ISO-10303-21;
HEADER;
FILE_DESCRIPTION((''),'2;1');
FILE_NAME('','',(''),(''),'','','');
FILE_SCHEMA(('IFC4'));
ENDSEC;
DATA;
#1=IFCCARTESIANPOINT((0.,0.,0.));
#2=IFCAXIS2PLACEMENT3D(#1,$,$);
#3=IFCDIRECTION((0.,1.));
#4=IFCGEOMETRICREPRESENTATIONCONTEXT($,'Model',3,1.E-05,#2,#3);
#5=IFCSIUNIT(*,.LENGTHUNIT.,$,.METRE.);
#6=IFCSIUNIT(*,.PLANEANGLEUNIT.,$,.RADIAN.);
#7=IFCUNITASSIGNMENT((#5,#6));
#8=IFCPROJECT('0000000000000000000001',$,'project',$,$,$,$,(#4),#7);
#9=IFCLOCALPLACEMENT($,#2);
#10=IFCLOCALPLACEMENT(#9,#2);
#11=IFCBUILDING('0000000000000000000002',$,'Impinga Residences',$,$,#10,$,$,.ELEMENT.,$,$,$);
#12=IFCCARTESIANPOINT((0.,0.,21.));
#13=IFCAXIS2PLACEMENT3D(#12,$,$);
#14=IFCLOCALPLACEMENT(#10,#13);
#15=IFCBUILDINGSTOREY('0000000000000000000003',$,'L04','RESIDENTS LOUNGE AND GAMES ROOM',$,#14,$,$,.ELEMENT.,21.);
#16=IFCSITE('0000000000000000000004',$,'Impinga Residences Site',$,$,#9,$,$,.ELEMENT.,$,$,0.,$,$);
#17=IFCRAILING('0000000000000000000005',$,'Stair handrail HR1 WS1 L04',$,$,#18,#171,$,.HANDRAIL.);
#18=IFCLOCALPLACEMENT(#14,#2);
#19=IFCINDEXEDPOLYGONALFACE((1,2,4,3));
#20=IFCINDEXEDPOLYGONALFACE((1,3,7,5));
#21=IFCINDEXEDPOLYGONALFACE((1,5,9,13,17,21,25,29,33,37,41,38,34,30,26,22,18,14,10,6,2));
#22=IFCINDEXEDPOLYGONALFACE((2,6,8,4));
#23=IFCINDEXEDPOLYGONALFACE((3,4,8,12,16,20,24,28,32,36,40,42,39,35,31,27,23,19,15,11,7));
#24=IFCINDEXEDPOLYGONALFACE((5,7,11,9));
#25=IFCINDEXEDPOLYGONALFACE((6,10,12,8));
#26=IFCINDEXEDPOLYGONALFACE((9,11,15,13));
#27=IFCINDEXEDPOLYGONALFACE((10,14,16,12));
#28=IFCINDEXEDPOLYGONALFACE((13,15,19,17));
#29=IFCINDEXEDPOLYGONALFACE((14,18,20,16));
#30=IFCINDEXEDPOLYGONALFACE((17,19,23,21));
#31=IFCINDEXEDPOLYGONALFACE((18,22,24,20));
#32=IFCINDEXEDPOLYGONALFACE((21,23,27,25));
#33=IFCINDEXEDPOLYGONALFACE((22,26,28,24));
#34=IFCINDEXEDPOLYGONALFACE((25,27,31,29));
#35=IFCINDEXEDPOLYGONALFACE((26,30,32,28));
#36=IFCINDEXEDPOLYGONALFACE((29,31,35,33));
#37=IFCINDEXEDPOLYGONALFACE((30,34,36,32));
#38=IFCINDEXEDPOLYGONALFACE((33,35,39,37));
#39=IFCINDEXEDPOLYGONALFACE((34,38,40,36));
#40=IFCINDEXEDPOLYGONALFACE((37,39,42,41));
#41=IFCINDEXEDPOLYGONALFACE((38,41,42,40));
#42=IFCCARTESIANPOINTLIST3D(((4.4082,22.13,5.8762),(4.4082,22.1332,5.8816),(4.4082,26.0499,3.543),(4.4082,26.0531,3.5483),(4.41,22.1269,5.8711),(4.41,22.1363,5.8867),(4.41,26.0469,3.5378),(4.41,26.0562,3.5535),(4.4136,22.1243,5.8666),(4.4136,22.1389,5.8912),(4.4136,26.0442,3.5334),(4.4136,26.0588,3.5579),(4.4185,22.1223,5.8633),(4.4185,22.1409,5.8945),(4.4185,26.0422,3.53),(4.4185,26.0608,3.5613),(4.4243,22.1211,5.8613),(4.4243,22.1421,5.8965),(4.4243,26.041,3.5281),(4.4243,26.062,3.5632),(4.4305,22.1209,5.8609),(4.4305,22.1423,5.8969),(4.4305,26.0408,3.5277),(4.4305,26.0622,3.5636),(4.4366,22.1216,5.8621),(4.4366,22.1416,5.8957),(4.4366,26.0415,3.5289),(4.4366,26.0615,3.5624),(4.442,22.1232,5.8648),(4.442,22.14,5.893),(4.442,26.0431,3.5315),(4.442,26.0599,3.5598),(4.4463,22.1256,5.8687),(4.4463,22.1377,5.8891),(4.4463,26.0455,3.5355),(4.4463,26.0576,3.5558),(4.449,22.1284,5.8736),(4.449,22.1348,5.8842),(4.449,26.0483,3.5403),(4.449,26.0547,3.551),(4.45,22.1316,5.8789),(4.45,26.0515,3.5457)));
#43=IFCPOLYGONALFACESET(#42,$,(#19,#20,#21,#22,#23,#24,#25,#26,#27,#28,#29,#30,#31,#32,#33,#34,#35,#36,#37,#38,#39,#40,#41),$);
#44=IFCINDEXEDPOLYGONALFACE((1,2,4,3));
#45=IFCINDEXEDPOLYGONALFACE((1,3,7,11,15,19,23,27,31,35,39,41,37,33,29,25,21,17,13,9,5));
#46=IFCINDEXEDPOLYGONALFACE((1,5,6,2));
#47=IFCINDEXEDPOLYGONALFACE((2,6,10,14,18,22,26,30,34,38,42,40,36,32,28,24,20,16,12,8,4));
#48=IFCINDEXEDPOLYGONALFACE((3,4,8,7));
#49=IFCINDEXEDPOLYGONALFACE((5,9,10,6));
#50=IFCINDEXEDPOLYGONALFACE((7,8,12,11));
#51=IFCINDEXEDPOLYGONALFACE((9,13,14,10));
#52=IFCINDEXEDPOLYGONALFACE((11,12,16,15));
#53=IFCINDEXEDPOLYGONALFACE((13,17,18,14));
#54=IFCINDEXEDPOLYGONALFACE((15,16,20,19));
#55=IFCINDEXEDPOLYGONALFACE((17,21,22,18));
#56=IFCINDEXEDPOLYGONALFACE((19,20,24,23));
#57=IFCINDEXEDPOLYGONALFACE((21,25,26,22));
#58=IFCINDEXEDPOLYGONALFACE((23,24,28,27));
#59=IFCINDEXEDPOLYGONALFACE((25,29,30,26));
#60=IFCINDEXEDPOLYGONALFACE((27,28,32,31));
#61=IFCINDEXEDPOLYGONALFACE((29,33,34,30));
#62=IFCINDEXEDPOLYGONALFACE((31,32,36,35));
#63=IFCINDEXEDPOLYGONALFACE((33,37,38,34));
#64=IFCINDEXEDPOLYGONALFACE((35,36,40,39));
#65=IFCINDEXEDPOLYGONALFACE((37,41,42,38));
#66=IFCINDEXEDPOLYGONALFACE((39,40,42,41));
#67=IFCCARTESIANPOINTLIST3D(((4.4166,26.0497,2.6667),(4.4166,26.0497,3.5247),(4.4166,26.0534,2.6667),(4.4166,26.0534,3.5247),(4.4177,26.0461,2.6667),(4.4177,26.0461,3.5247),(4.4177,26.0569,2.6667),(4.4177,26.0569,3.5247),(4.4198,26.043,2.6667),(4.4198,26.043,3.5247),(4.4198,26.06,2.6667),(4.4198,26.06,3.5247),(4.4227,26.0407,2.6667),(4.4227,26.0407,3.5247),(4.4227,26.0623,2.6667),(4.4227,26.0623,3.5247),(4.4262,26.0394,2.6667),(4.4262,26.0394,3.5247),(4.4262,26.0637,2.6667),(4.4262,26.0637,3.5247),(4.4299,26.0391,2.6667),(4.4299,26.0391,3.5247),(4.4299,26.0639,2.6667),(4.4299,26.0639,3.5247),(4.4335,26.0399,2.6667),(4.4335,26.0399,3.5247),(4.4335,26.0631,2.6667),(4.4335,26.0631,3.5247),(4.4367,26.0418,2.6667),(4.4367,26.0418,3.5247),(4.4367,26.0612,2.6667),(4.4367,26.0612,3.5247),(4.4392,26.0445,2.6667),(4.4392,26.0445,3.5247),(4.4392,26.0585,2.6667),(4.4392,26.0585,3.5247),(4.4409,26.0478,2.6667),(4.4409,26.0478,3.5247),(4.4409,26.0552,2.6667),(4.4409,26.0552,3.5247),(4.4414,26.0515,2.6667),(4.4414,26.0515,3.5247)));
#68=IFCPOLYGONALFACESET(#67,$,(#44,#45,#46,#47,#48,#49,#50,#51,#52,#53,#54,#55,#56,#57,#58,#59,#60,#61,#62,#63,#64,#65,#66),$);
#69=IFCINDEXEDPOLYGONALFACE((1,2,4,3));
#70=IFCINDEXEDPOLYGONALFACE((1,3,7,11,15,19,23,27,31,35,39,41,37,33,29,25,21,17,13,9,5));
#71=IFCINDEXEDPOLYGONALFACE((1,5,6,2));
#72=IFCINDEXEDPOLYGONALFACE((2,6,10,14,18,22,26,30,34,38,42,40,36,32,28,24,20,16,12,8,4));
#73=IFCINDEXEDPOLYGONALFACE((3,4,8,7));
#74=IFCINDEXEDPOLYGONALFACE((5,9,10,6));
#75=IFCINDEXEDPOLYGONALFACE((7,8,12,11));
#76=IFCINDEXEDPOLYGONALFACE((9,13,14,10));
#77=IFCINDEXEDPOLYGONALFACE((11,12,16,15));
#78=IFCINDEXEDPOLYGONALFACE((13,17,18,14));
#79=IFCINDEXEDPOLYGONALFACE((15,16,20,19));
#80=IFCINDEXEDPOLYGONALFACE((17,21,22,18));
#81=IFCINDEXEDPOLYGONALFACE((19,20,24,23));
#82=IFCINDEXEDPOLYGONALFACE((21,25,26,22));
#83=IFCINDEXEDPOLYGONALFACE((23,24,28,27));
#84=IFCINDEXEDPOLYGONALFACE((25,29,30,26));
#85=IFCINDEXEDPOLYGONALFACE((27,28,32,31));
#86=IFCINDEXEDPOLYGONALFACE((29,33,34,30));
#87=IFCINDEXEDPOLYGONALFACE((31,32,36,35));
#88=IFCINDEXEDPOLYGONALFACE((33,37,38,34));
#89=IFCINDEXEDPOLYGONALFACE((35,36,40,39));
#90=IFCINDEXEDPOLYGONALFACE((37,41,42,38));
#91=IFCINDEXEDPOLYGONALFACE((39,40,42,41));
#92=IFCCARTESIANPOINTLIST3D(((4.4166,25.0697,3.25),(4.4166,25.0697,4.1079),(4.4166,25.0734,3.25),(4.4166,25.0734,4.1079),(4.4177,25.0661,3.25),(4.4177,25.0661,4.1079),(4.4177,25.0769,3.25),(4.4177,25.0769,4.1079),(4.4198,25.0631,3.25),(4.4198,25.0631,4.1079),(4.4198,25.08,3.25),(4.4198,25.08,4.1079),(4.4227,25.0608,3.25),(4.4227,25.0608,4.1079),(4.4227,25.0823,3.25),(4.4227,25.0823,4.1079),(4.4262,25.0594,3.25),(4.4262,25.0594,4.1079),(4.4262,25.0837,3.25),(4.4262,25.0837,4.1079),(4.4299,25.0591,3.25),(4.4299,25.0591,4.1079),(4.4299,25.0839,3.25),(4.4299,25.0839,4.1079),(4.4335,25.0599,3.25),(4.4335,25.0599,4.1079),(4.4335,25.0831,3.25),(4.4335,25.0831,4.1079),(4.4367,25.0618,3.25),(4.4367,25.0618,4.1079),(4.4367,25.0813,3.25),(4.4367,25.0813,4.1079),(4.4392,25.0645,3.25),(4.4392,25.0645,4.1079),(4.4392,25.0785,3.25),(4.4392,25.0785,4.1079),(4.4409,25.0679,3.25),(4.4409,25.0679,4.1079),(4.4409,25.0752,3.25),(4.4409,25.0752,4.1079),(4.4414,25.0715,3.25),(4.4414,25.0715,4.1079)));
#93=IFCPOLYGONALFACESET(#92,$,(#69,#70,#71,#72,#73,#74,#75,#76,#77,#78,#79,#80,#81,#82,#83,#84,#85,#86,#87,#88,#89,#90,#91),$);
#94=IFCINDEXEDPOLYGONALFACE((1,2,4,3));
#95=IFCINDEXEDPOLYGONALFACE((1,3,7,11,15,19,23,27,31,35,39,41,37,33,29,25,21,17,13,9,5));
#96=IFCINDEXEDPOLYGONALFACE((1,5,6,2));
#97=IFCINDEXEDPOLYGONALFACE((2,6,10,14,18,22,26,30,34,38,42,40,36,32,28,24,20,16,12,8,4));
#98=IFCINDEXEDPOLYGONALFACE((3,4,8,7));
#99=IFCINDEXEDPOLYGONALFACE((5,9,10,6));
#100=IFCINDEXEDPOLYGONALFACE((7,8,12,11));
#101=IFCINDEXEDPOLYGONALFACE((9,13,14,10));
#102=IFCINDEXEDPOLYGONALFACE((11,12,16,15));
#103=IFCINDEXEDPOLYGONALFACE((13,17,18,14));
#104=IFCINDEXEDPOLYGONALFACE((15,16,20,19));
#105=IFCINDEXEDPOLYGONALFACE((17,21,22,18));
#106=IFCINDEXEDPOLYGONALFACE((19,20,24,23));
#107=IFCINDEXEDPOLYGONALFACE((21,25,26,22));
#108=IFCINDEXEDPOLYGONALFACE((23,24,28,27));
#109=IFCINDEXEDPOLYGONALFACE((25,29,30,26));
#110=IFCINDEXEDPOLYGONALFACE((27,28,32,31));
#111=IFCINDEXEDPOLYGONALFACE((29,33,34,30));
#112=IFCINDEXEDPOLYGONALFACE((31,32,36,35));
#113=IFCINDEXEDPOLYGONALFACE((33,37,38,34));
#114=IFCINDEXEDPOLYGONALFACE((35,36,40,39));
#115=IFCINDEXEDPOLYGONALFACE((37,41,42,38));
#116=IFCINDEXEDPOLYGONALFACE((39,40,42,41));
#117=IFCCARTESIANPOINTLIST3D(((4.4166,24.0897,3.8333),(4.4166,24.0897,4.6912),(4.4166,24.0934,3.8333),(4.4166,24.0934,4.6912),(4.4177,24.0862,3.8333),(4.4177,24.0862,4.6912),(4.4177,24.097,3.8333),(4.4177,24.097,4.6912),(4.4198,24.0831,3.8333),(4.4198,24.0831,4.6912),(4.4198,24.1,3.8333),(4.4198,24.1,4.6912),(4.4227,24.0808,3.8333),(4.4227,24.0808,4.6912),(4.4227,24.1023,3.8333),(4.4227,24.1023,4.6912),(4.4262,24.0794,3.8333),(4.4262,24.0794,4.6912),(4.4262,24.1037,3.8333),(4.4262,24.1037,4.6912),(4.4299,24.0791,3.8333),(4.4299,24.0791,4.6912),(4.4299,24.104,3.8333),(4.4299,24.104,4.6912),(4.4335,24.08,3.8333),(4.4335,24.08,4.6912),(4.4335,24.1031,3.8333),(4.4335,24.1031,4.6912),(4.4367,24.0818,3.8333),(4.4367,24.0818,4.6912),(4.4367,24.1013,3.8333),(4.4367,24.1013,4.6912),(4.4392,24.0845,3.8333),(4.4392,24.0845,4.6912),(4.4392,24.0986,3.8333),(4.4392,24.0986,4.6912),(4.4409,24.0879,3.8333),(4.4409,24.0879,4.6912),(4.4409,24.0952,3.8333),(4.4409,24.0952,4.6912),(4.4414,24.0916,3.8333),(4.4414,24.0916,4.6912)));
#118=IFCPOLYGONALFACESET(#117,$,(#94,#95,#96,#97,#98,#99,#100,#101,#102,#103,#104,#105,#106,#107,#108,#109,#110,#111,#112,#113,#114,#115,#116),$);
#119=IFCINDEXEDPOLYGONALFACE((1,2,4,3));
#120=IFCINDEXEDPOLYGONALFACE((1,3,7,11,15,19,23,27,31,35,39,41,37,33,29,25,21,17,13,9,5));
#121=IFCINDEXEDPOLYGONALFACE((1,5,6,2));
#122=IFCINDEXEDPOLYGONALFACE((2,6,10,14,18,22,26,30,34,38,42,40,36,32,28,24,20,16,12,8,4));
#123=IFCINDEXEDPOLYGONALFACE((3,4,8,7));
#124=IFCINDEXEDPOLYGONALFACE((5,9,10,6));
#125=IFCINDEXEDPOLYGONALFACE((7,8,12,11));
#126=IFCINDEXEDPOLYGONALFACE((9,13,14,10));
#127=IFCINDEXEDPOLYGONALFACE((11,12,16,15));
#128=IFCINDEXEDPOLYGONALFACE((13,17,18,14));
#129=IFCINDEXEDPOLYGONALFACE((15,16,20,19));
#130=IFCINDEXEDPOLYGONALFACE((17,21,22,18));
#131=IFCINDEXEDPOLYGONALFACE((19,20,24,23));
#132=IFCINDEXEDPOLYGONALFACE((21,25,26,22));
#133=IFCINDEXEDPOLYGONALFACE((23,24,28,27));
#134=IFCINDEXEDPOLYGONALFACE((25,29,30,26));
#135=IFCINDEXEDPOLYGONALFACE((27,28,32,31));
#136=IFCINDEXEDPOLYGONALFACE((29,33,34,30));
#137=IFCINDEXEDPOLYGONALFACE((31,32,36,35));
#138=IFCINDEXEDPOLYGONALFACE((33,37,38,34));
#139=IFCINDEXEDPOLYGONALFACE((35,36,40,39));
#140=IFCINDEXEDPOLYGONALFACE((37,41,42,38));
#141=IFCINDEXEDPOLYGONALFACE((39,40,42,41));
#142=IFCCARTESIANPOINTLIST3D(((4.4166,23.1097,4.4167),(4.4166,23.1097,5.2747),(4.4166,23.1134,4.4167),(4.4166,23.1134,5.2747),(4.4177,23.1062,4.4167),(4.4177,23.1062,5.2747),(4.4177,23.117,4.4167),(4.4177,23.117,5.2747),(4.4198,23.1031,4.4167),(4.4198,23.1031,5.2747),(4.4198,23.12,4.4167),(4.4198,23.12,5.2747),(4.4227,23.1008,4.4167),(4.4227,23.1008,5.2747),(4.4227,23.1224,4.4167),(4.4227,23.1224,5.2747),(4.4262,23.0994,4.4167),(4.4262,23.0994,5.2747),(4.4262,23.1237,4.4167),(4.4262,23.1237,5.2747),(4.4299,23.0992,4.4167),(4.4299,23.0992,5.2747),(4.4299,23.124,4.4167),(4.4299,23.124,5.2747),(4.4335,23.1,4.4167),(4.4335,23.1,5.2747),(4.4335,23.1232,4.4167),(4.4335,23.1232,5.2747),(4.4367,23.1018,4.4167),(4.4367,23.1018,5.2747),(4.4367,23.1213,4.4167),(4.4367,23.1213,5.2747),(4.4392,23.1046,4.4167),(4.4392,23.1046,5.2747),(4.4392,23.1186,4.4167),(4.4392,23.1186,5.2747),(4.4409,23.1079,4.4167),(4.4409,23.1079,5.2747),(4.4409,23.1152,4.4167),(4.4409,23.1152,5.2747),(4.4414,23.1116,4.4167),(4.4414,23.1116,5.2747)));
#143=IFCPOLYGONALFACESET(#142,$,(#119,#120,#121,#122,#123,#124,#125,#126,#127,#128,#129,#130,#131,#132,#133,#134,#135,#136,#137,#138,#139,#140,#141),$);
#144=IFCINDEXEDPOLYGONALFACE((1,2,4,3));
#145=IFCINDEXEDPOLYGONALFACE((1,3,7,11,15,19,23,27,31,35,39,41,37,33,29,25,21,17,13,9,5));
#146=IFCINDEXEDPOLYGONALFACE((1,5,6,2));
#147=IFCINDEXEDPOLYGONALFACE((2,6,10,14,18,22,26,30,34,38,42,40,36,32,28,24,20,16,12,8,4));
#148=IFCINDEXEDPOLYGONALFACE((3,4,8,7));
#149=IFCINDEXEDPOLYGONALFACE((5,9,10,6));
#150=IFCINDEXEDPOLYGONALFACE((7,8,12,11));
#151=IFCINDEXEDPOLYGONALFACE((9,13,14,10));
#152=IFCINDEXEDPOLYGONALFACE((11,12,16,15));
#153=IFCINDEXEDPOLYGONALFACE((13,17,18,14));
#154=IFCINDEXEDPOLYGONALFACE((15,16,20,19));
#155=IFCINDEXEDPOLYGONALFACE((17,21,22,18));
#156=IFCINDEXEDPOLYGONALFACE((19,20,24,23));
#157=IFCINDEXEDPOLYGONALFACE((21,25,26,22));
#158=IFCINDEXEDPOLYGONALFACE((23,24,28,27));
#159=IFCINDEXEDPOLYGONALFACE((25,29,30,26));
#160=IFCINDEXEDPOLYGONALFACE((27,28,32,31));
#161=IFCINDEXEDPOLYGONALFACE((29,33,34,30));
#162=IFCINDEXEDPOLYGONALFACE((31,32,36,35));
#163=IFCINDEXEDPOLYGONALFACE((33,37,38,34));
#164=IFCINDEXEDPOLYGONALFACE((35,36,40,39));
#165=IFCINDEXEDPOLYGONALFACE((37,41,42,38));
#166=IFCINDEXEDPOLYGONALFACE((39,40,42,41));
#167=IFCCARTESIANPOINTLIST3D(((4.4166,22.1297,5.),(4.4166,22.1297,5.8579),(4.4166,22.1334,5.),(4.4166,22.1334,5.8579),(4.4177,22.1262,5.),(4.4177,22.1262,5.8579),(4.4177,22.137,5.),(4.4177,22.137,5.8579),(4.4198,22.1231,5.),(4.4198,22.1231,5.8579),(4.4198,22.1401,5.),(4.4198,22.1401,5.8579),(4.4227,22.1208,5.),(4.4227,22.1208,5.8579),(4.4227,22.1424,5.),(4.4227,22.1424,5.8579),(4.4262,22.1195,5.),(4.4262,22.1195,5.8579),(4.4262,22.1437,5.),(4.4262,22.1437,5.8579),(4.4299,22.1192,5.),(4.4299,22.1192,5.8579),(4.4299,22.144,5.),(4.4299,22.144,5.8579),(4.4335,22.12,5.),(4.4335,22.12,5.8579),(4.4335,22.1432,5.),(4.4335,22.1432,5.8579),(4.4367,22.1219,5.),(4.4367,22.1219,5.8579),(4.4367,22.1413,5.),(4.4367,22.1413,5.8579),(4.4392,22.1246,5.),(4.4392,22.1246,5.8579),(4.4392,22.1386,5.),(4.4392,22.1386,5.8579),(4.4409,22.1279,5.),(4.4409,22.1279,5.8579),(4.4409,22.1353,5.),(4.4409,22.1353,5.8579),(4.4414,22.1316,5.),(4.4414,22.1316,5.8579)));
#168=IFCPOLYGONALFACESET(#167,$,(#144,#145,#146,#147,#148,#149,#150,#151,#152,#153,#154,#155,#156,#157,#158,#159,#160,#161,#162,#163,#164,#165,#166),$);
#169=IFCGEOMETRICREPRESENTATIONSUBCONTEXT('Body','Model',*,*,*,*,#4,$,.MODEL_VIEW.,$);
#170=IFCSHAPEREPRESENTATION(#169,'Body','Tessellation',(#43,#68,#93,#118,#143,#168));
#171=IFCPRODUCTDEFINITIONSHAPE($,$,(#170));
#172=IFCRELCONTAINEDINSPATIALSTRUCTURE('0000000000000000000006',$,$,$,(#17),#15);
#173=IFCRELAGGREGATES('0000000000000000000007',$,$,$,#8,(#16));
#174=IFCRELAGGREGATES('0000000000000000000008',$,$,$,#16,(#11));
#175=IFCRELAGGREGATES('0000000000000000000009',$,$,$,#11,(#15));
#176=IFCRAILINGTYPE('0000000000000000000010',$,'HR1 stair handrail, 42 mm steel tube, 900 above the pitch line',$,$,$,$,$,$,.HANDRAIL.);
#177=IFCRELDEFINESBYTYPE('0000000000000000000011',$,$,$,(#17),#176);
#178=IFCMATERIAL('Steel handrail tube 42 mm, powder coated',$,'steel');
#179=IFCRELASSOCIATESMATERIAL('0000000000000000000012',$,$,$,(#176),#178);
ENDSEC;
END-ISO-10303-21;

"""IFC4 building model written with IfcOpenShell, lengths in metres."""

from ifc_helpers import new_model, si_unit, direction, frame, origin, origin_2d, place, context, subcontext, project, spatial, circle, extrude, material, type_object, element, save


model = new_model("IFC4")

# Units and contexts
model_context = context("Model", 3, precision=1e-05, world=origin(), true_north=direction((0.0, 1.0)))
body_context = subcontext(model_context, "Body", "Model", "MODEL_VIEW")
ifc_project = project(units=[si_unit("LENGTHUNIT", "METRE"), si_unit("PLANEANGLEUNIT", "RADIAN")], contexts=[model_context])

# Site, building, storey
site_placement = place(None, origin())
site = spatial("IfcSite", under=ifc_project, at=site_placement, Name="Impinga Residences Site", CompositionType="ELEMENT", RefElevation=0.0)
building_placement = place(site_placement, origin())
building = spatial("IfcBuilding", under=site, at=building_placement, Name="Impinga Residences", CompositionType="ELEMENT")
storey_placement = place(building_placement, frame((0.0, 0.0, 21.0)))
storey = spatial("IfcBuildingStorey", under=building, at=storey_placement, Name="L04", Description="RESIDENTS LOUNGE AND GAMES ROOM", CompositionType="ELEMENT", Elevation=21.0)

# Railing
ifc_material_1 = material(Name="Steel handrail tube 42 mm, powder coated", Category="steel")
railing_type_1 = type_object("IfcRailingType", Name="HR1 stair handrail, 42 mm steel tube, 900 above the pitch line", PredefinedType="HANDRAIL", material=ifc_material_1)
railing_1_placement = place(storey_placement, frame((4.429, 26.0515, 2.6667)))
element("IfcRailing", 1, at=railing_1_placement, inside=storey, type_object=railing_type_1, Name="Stair handrail HR1 WS1 L04", PredefinedType="HANDRAIL", context=body_context, shape_type="SweptSolid", body=[
    extrude(circle(Radius=0.021, at=origin_2d()), frame((0.0, 0.0, 0.8789), z_axis=(0.0, -0.859296, 0.511478), x_axis=(1.0, 0.0, 0.0)), (0.0, 0.0, 1.0), 4.5618),
    extrude(circle(Radius=0.0125, at=origin_2d()), origin(), (0.0, 0.0, 1.0), 0.8579),
    extrude(circle(Radius=0.0125, at=origin_2d()), frame((0.0, -0.98, 0.5833)), (0.0, 0.0, 1.0), 0.8579),
    extrude(circle(Radius=0.0125, at=origin_2d()), frame((0.0, -1.96, 1.1665)), (0.0, 0.0, 1.0), 0.8579),
    extrude(circle(Radius=0.0125, at=origin_2d()), frame((0.0, -2.9399, 1.75)), (0.0, 0.0, 1.0), 0.8579),
    extrude(circle(Radius=0.0125, at=origin_2d()), frame((0.0, -3.9199, 2.3333)), (0.0, 0.0, 1.0), 0.8579),
])

save(model, "model.ifc")
